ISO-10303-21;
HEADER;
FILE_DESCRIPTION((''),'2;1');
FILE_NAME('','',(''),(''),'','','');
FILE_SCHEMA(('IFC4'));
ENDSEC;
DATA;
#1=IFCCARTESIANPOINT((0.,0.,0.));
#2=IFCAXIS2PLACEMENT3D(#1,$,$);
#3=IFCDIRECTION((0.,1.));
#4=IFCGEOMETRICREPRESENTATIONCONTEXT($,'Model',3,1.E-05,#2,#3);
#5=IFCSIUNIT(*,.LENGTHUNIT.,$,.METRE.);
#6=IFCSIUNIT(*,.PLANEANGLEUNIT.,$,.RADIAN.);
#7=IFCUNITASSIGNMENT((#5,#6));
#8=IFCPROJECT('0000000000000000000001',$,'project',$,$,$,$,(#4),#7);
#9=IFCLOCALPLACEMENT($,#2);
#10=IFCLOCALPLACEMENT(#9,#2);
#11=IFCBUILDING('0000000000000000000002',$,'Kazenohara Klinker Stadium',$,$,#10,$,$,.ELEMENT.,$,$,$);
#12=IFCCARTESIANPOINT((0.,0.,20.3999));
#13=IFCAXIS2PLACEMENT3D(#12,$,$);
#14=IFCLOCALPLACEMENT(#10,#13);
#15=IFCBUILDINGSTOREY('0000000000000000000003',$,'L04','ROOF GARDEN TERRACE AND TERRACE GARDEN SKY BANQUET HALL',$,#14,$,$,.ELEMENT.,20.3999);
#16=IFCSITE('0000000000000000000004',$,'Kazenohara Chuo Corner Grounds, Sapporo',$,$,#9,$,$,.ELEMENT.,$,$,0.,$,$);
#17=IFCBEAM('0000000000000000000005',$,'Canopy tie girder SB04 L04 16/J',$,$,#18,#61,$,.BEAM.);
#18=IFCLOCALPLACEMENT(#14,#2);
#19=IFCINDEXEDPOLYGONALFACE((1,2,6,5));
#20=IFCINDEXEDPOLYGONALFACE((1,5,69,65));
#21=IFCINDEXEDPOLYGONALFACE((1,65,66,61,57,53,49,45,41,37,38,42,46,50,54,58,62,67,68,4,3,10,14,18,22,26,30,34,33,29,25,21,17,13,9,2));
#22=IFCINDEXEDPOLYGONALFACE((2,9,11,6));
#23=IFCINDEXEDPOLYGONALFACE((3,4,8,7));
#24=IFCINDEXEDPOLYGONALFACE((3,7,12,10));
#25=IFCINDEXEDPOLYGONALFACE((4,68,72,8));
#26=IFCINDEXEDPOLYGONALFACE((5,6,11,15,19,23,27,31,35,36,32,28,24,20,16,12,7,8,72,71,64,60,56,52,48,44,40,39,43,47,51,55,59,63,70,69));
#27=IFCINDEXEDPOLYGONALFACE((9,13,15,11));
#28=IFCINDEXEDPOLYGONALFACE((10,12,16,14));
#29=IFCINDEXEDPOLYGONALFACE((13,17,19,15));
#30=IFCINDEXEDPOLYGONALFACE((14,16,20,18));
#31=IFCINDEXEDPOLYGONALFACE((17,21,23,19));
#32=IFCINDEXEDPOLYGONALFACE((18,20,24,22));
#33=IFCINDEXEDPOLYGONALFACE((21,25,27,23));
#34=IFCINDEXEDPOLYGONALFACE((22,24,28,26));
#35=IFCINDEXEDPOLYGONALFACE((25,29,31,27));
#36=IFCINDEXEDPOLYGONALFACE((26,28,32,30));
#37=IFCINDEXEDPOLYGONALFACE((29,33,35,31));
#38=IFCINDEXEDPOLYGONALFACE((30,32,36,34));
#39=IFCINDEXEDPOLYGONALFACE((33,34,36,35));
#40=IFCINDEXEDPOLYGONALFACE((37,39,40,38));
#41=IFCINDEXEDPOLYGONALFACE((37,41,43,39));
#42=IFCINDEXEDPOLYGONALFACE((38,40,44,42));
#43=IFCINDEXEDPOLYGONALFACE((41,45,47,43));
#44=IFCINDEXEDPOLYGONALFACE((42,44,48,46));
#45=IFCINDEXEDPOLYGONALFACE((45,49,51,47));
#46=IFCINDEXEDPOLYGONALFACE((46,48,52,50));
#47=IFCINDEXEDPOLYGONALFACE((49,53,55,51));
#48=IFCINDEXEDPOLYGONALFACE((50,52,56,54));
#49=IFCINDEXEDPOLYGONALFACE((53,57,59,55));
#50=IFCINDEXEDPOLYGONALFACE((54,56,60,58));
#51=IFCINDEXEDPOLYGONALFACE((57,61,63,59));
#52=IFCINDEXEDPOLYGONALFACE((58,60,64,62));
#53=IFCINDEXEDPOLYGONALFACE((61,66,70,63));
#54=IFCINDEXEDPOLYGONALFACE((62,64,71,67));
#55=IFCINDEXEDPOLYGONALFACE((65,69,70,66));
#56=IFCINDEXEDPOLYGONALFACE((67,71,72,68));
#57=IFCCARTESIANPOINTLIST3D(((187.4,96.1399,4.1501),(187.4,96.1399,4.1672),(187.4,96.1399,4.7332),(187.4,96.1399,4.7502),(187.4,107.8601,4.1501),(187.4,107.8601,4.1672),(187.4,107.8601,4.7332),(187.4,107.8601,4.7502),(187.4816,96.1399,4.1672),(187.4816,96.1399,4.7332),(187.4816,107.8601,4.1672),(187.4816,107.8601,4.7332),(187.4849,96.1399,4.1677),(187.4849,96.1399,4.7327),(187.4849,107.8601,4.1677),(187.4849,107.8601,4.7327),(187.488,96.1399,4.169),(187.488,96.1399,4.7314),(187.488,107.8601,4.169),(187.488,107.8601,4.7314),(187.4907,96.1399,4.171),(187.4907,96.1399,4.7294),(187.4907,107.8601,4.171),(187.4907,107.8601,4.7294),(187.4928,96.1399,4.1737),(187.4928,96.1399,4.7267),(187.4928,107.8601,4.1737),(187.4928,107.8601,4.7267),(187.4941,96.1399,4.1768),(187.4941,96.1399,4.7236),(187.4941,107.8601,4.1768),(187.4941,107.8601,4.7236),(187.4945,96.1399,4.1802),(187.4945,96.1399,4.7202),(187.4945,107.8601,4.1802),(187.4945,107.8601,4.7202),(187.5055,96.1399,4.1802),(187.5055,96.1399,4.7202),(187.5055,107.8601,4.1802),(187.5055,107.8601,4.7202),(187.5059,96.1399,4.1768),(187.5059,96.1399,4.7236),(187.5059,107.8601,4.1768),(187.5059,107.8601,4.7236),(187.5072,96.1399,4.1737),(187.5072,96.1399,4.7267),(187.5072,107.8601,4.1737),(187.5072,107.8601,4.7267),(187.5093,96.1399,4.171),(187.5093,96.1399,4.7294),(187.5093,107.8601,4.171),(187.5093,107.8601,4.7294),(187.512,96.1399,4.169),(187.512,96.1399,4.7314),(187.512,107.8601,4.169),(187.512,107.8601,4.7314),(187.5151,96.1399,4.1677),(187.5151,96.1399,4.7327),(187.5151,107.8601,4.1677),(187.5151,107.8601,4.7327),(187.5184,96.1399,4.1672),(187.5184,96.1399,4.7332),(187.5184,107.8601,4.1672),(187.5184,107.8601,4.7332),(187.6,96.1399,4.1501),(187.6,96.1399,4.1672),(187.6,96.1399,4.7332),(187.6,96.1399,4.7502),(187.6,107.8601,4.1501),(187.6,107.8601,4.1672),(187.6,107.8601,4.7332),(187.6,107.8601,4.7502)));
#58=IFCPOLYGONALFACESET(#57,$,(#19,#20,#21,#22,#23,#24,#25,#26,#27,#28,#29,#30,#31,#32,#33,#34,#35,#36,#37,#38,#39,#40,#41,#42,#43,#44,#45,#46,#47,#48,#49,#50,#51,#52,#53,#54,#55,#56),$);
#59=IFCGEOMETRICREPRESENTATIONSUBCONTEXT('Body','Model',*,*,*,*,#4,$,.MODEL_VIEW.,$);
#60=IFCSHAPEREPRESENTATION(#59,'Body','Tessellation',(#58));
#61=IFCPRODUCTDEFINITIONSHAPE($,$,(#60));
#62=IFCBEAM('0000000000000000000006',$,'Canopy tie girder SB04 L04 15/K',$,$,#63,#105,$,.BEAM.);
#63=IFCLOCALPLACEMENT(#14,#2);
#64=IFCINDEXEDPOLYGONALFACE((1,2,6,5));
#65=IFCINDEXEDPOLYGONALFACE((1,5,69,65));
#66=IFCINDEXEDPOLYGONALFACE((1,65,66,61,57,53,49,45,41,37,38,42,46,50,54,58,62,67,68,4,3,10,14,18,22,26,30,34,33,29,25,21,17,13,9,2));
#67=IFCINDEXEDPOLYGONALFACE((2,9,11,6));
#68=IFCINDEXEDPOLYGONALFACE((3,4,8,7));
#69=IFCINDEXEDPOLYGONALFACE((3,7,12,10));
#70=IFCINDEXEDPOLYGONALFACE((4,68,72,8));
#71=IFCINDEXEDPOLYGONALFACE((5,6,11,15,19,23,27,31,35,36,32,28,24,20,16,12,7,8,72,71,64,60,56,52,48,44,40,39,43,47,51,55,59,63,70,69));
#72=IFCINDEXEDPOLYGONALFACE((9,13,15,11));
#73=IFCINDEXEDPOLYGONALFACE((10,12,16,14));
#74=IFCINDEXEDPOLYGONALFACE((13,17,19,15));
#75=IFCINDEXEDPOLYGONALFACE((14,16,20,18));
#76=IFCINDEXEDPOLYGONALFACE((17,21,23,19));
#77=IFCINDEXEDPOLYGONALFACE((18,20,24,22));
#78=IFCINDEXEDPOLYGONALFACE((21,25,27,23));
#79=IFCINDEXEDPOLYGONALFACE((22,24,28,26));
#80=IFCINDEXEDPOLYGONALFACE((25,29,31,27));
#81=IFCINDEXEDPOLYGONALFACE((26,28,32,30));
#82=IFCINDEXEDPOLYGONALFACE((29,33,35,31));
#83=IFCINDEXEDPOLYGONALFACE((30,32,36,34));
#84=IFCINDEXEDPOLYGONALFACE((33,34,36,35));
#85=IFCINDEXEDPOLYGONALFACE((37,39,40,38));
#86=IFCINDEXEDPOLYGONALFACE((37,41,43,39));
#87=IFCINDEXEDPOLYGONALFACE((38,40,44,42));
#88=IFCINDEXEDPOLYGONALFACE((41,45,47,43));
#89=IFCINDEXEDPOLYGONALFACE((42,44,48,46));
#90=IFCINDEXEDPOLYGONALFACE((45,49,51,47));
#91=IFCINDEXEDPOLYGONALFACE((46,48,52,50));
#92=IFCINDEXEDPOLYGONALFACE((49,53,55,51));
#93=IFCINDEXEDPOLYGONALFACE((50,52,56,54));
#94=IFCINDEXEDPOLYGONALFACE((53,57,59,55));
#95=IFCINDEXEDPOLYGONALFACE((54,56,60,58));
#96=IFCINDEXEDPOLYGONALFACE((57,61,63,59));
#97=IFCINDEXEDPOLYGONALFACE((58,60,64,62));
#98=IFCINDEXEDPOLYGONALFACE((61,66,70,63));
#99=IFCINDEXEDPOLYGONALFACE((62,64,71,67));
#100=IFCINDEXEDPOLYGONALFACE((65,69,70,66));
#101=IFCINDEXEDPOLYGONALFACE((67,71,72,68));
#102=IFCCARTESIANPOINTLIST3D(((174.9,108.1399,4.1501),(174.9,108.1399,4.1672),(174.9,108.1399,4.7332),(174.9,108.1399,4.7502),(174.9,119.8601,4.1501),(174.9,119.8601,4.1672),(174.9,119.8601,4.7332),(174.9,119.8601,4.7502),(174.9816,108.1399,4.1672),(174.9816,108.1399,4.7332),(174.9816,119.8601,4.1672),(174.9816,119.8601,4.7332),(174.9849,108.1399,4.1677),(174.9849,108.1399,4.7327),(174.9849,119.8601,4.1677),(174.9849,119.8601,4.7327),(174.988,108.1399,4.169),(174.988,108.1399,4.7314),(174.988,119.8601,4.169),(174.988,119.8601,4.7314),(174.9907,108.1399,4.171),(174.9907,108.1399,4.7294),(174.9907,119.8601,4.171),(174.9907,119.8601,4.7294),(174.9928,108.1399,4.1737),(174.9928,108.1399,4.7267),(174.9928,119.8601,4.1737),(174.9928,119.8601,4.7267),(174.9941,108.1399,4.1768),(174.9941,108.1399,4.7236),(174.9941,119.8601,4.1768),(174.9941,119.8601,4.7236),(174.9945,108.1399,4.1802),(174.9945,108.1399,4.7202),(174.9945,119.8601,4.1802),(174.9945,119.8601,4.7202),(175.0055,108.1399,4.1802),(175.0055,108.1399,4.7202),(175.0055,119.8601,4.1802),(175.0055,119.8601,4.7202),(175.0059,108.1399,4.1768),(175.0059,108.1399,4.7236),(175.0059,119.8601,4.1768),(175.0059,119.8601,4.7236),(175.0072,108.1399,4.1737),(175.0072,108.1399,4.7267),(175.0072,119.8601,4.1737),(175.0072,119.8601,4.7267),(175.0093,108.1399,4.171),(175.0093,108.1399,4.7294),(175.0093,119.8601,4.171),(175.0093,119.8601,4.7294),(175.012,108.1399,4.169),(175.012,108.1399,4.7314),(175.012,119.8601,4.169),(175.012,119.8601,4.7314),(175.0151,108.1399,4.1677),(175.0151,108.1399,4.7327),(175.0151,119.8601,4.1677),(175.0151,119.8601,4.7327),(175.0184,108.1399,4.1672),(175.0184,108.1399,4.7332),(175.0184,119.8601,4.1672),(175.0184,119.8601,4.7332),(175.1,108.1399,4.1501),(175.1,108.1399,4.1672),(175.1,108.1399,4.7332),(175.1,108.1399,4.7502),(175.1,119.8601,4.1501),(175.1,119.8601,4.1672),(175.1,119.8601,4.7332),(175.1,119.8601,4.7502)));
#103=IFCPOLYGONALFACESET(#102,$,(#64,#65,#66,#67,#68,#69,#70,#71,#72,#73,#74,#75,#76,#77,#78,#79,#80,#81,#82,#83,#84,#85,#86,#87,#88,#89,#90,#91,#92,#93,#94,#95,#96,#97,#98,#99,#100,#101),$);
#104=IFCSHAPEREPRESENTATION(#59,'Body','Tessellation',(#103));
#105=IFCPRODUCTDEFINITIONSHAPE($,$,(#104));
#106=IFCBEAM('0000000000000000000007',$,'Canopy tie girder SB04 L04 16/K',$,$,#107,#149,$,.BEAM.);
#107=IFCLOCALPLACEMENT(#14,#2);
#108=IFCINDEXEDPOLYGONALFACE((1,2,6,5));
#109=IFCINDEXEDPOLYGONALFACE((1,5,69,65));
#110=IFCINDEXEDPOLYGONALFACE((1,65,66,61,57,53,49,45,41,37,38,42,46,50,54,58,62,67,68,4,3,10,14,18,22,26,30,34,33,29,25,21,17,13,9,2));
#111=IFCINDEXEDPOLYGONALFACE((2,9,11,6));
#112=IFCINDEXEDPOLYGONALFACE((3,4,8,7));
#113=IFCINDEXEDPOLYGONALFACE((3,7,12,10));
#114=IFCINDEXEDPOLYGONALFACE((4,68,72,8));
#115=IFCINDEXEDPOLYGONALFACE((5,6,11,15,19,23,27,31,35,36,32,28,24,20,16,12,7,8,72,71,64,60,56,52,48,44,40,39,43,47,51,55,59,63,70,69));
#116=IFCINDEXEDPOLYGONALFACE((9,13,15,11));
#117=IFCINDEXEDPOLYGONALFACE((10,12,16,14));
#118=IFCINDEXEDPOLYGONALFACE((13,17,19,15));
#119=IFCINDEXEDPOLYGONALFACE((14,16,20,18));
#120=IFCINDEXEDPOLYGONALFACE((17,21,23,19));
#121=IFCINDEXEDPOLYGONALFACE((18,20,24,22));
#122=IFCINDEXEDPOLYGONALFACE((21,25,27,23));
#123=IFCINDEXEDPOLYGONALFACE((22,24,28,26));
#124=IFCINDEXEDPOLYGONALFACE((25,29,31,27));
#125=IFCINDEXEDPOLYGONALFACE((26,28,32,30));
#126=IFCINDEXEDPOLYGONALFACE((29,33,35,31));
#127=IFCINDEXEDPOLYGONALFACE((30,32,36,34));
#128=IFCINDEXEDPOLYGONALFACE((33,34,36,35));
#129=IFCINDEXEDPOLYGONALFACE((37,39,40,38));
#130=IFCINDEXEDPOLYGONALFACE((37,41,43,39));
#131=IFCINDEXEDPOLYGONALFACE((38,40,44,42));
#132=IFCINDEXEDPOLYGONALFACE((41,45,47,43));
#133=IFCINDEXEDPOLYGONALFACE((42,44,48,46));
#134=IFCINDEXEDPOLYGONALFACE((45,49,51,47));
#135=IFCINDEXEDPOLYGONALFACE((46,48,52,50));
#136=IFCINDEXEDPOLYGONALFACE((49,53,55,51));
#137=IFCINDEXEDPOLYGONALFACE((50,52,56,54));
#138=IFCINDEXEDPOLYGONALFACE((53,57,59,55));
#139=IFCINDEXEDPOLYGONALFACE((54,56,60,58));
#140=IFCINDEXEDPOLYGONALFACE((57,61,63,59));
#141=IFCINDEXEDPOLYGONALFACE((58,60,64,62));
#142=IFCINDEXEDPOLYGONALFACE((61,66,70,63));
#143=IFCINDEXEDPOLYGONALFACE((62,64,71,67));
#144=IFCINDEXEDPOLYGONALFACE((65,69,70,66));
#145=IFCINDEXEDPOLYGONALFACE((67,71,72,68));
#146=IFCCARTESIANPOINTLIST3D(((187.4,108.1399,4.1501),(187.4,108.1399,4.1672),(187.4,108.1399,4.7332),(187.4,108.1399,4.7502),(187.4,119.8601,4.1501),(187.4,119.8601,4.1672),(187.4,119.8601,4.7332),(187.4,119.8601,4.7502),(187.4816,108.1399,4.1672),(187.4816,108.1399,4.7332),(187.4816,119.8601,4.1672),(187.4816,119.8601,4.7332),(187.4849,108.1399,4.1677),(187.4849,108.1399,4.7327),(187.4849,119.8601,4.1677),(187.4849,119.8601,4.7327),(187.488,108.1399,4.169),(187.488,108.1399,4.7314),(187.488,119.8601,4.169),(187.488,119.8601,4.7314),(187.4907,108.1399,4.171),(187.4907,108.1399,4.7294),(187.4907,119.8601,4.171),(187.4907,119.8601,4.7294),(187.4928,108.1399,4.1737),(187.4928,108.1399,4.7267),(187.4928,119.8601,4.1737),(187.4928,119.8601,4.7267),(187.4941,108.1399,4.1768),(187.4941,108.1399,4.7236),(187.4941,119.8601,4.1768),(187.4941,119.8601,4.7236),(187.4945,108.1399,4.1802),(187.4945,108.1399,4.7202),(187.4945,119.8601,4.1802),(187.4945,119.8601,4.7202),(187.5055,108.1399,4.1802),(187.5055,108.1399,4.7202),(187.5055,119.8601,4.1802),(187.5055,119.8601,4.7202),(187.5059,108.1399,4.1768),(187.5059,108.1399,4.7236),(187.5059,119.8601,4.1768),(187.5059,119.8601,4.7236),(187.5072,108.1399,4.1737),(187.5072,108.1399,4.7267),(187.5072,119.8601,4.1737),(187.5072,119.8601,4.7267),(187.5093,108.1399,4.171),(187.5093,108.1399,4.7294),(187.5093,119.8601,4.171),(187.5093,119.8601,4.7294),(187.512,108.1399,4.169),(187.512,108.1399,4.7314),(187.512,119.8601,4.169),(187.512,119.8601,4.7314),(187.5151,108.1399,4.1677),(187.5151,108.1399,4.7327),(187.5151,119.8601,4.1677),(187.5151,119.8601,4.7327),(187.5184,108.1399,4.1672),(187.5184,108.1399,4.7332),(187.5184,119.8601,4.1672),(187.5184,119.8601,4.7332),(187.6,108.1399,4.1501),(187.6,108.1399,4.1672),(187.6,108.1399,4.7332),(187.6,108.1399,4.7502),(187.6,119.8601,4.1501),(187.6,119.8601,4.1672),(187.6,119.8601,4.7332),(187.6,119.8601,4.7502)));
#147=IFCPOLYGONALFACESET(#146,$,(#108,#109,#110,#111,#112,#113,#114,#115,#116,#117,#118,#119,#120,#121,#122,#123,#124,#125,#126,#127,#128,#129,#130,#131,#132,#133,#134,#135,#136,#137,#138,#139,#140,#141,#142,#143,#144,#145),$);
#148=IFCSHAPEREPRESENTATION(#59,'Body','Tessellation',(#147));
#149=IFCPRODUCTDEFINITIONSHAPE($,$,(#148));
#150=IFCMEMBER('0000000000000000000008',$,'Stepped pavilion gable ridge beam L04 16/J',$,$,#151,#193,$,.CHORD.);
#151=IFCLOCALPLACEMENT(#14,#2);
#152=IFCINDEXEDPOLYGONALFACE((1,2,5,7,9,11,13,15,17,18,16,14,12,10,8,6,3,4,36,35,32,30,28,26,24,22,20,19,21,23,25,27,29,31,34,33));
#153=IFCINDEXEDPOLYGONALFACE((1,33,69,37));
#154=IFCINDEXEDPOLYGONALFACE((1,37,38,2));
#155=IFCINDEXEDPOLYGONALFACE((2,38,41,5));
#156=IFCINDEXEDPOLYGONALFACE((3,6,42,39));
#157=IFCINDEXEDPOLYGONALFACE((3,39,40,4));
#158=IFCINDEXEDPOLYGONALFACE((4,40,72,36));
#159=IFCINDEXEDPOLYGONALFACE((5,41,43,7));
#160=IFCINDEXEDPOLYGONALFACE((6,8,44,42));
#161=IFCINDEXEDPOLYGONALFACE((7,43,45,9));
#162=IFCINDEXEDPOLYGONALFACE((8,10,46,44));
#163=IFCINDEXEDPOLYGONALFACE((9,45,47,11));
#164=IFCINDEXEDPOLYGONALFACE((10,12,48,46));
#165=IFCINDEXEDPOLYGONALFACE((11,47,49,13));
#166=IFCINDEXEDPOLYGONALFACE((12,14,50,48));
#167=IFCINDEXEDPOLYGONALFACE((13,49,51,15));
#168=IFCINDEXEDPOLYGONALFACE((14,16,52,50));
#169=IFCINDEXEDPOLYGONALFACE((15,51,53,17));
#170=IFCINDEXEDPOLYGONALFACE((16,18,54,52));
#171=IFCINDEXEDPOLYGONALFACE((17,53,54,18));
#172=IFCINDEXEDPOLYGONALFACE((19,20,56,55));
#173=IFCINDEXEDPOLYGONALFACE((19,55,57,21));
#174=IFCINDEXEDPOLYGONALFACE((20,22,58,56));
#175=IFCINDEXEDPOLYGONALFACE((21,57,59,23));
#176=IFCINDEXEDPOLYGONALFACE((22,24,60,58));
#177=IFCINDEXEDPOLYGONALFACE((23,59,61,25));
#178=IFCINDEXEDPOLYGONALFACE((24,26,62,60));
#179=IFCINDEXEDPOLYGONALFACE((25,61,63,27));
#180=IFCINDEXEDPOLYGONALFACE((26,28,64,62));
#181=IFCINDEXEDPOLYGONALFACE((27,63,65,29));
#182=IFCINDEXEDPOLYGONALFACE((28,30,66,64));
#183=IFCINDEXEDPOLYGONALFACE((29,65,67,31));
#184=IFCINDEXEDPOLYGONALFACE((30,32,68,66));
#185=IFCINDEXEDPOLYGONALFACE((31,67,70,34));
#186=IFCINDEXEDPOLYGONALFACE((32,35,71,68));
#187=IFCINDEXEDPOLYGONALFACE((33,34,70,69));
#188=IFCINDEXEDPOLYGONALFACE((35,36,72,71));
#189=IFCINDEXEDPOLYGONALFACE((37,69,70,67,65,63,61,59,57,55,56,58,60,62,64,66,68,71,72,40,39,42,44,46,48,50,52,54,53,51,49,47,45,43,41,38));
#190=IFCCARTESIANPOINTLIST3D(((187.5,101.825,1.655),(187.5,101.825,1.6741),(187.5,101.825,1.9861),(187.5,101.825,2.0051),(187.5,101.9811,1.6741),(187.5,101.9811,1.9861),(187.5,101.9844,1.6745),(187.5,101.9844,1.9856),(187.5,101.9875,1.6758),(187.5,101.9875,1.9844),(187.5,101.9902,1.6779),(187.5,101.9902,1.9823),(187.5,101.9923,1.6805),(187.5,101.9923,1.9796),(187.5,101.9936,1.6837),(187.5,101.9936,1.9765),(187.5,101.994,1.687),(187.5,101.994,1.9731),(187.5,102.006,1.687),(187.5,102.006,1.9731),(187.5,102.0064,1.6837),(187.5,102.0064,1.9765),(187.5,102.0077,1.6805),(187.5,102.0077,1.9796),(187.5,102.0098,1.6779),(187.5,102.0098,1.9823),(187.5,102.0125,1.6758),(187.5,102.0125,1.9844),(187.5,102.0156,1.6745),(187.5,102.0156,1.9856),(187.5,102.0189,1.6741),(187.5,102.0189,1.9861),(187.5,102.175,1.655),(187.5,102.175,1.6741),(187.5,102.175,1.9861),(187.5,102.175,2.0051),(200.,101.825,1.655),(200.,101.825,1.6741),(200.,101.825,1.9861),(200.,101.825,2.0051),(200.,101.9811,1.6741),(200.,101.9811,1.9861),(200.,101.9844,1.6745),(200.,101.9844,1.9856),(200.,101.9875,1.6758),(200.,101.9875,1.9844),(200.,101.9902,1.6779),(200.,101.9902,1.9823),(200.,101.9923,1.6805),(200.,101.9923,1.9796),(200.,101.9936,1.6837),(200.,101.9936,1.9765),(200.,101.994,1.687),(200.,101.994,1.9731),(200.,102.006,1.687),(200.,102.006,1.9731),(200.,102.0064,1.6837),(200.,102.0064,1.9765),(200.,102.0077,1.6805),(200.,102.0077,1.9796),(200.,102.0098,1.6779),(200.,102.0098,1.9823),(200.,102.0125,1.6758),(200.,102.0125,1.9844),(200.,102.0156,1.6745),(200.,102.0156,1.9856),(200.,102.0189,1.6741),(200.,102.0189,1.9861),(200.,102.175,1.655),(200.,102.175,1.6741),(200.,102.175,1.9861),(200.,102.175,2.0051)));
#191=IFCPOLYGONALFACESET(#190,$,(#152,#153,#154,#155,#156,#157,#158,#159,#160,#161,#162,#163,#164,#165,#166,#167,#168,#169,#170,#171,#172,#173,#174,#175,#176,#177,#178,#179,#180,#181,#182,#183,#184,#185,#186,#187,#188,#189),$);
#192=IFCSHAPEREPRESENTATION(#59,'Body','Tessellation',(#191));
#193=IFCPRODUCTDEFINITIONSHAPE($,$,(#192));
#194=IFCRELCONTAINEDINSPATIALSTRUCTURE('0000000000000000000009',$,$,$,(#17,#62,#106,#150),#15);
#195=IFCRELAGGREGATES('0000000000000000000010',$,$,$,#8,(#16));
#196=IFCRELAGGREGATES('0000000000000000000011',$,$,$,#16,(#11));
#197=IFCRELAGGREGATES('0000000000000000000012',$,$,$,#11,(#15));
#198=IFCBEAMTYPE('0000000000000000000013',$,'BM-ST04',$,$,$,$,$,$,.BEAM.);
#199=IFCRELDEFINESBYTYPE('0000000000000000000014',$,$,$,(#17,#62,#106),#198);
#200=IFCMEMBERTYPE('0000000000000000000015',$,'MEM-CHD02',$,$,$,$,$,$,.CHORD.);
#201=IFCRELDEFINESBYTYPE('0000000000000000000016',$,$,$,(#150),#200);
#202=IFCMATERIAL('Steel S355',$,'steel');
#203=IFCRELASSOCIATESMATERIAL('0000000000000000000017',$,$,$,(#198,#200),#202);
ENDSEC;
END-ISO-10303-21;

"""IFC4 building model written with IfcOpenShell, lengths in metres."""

from ifc_helpers import new_model, si_unit, direction, frame, origin, origin_2d, place, context, subcontext, project, spatial, i_section, extrude, material, material_profile, profile_set, type_object, element, save


model = new_model("IFC4")

# Units and contexts
model_context = context("Model", 3, precision=1e-05, world=origin(), true_north=direction((0.0, 1.0)))
body_context = subcontext(model_context, "Body", "Model", "MODEL_VIEW")
ifc_project = project(units=[si_unit("LENGTHUNIT", "METRE"), si_unit("PLANEANGLEUNIT", "RADIAN")], contexts=[model_context])

# Site, building, storey
site_placement = place(None, origin())
site = spatial("IfcSite", under=ifc_project, at=site_placement, Name="Kazenohara Chuo Corner Grounds, Sapporo", CompositionType="ELEMENT", RefElevation=0.0)
building_placement = place(site_placement, origin())
building = spatial("IfcBuilding", under=site, at=building_placement, Name="Kazenohara Klinker Stadium", CompositionType="ELEMENT")
storey_placement = place(building_placement, frame((0.0, 0.0, 20.3999)))
storey = spatial("IfcBuildingStorey", under=building, at=storey_placement, Name="L04", Description="ROOF GARDEN TERRACE AND TERRACE GARDEN SKY BANQUET HALL", CompositionType="ELEMENT", Elevation=20.3999)

# Shared definitions
ifc_material_1 = material(Name="Steel S355", Category="steel")

# Beams
ifc_material_profile_1 = material_profile(ifc_material_1, i_section(OverallWidth=0.2, OverallDepth=0.6001, WebThickness=0.011, FlangeThickness=0.0171, FilletRadius=0.0129, at=origin_2d()), Name="H-600x200x11x17")
ifc_profile_set_1 = profile_set([ifc_material_profile_1], Name="Steel S355")
beam_type = type_object("IfcBeamType", Name="BM-ST04", PredefinedType="BEAM", material=ifc_profile_set_1)
for number, where, z_axis, x_axis, name in (
    (1, (187.5, 96.1399, 4.4502), (0.0, 1.0, 0.0), (-1.0, 0.0, 0.0), "Canopy tie girder SB04 L04 16/J"),
    (2, (175.0, 108.1399, 4.4502), (0.0, 1.0, 0.0), (-1.0, 0.0, 0.0), "Canopy tie girder SB04 L04 15/K"),
    (3, (187.5, 108.1399, 4.4502), (0.0, 1.0, 0.0), (-1.0, 0.0, 0.0), "Canopy tie girder SB04 L04 16/K"),
):
    element("IfcBeam", number, at=place(storey_placement, frame(where, z_axis=z_axis, x_axis=x_axis)), inside=storey, type_object=beam_type, Name=name, PredefinedType="BEAM", context=body_context, shape_type="SweptSolid", body=[
        extrude(i_section(OverallWidth=0.2, OverallDepth=0.6001, WebThickness=0.011, FlangeThickness=0.0171, FilletRadius=0.0129, at=origin_2d()), origin(), (0.0, 0.0, 1.0), 11.7202),
    ])

# Member
ifc_material_profile_2 = material_profile(ifc_material_1, i_section(OverallWidth=0.3501, OverallDepth=0.3501, WebThickness=0.012, FlangeThickness=0.019, FilletRadius=0.0129, at=origin_2d()), Name="H-350x350x12x19")
ifc_profile_set_2 = profile_set([ifc_material_profile_2], Name="Steel S355")
member_type_1 = type_object("IfcMemberType", Name="MEM-CHD02", PredefinedType="CHORD", material=ifc_profile_set_2)
member_placement = place(storey_placement, frame((187.5, 102.0, 1.8301), z_axis=(1.0, 0.0, 0.0), x_axis=(0.0, 1.0, 0.0)))
element("IfcMember", 4, at=member_placement, inside=storey, type_object=member_type_1, Name="Stepped pavilion gable ridge beam L04 16/J", PredefinedType="CHORD", context=body_context, shape_type="SweptSolid", body=[
    extrude(i_section(OverallWidth=0.3501, OverallDepth=0.3501, WebThickness=0.012, FlangeThickness=0.019, FilletRadius=0.0129, at=origin_2d()), origin(), (0.0, 0.0, 1.0), 12.5),
])

save(model, "model.ifc")
